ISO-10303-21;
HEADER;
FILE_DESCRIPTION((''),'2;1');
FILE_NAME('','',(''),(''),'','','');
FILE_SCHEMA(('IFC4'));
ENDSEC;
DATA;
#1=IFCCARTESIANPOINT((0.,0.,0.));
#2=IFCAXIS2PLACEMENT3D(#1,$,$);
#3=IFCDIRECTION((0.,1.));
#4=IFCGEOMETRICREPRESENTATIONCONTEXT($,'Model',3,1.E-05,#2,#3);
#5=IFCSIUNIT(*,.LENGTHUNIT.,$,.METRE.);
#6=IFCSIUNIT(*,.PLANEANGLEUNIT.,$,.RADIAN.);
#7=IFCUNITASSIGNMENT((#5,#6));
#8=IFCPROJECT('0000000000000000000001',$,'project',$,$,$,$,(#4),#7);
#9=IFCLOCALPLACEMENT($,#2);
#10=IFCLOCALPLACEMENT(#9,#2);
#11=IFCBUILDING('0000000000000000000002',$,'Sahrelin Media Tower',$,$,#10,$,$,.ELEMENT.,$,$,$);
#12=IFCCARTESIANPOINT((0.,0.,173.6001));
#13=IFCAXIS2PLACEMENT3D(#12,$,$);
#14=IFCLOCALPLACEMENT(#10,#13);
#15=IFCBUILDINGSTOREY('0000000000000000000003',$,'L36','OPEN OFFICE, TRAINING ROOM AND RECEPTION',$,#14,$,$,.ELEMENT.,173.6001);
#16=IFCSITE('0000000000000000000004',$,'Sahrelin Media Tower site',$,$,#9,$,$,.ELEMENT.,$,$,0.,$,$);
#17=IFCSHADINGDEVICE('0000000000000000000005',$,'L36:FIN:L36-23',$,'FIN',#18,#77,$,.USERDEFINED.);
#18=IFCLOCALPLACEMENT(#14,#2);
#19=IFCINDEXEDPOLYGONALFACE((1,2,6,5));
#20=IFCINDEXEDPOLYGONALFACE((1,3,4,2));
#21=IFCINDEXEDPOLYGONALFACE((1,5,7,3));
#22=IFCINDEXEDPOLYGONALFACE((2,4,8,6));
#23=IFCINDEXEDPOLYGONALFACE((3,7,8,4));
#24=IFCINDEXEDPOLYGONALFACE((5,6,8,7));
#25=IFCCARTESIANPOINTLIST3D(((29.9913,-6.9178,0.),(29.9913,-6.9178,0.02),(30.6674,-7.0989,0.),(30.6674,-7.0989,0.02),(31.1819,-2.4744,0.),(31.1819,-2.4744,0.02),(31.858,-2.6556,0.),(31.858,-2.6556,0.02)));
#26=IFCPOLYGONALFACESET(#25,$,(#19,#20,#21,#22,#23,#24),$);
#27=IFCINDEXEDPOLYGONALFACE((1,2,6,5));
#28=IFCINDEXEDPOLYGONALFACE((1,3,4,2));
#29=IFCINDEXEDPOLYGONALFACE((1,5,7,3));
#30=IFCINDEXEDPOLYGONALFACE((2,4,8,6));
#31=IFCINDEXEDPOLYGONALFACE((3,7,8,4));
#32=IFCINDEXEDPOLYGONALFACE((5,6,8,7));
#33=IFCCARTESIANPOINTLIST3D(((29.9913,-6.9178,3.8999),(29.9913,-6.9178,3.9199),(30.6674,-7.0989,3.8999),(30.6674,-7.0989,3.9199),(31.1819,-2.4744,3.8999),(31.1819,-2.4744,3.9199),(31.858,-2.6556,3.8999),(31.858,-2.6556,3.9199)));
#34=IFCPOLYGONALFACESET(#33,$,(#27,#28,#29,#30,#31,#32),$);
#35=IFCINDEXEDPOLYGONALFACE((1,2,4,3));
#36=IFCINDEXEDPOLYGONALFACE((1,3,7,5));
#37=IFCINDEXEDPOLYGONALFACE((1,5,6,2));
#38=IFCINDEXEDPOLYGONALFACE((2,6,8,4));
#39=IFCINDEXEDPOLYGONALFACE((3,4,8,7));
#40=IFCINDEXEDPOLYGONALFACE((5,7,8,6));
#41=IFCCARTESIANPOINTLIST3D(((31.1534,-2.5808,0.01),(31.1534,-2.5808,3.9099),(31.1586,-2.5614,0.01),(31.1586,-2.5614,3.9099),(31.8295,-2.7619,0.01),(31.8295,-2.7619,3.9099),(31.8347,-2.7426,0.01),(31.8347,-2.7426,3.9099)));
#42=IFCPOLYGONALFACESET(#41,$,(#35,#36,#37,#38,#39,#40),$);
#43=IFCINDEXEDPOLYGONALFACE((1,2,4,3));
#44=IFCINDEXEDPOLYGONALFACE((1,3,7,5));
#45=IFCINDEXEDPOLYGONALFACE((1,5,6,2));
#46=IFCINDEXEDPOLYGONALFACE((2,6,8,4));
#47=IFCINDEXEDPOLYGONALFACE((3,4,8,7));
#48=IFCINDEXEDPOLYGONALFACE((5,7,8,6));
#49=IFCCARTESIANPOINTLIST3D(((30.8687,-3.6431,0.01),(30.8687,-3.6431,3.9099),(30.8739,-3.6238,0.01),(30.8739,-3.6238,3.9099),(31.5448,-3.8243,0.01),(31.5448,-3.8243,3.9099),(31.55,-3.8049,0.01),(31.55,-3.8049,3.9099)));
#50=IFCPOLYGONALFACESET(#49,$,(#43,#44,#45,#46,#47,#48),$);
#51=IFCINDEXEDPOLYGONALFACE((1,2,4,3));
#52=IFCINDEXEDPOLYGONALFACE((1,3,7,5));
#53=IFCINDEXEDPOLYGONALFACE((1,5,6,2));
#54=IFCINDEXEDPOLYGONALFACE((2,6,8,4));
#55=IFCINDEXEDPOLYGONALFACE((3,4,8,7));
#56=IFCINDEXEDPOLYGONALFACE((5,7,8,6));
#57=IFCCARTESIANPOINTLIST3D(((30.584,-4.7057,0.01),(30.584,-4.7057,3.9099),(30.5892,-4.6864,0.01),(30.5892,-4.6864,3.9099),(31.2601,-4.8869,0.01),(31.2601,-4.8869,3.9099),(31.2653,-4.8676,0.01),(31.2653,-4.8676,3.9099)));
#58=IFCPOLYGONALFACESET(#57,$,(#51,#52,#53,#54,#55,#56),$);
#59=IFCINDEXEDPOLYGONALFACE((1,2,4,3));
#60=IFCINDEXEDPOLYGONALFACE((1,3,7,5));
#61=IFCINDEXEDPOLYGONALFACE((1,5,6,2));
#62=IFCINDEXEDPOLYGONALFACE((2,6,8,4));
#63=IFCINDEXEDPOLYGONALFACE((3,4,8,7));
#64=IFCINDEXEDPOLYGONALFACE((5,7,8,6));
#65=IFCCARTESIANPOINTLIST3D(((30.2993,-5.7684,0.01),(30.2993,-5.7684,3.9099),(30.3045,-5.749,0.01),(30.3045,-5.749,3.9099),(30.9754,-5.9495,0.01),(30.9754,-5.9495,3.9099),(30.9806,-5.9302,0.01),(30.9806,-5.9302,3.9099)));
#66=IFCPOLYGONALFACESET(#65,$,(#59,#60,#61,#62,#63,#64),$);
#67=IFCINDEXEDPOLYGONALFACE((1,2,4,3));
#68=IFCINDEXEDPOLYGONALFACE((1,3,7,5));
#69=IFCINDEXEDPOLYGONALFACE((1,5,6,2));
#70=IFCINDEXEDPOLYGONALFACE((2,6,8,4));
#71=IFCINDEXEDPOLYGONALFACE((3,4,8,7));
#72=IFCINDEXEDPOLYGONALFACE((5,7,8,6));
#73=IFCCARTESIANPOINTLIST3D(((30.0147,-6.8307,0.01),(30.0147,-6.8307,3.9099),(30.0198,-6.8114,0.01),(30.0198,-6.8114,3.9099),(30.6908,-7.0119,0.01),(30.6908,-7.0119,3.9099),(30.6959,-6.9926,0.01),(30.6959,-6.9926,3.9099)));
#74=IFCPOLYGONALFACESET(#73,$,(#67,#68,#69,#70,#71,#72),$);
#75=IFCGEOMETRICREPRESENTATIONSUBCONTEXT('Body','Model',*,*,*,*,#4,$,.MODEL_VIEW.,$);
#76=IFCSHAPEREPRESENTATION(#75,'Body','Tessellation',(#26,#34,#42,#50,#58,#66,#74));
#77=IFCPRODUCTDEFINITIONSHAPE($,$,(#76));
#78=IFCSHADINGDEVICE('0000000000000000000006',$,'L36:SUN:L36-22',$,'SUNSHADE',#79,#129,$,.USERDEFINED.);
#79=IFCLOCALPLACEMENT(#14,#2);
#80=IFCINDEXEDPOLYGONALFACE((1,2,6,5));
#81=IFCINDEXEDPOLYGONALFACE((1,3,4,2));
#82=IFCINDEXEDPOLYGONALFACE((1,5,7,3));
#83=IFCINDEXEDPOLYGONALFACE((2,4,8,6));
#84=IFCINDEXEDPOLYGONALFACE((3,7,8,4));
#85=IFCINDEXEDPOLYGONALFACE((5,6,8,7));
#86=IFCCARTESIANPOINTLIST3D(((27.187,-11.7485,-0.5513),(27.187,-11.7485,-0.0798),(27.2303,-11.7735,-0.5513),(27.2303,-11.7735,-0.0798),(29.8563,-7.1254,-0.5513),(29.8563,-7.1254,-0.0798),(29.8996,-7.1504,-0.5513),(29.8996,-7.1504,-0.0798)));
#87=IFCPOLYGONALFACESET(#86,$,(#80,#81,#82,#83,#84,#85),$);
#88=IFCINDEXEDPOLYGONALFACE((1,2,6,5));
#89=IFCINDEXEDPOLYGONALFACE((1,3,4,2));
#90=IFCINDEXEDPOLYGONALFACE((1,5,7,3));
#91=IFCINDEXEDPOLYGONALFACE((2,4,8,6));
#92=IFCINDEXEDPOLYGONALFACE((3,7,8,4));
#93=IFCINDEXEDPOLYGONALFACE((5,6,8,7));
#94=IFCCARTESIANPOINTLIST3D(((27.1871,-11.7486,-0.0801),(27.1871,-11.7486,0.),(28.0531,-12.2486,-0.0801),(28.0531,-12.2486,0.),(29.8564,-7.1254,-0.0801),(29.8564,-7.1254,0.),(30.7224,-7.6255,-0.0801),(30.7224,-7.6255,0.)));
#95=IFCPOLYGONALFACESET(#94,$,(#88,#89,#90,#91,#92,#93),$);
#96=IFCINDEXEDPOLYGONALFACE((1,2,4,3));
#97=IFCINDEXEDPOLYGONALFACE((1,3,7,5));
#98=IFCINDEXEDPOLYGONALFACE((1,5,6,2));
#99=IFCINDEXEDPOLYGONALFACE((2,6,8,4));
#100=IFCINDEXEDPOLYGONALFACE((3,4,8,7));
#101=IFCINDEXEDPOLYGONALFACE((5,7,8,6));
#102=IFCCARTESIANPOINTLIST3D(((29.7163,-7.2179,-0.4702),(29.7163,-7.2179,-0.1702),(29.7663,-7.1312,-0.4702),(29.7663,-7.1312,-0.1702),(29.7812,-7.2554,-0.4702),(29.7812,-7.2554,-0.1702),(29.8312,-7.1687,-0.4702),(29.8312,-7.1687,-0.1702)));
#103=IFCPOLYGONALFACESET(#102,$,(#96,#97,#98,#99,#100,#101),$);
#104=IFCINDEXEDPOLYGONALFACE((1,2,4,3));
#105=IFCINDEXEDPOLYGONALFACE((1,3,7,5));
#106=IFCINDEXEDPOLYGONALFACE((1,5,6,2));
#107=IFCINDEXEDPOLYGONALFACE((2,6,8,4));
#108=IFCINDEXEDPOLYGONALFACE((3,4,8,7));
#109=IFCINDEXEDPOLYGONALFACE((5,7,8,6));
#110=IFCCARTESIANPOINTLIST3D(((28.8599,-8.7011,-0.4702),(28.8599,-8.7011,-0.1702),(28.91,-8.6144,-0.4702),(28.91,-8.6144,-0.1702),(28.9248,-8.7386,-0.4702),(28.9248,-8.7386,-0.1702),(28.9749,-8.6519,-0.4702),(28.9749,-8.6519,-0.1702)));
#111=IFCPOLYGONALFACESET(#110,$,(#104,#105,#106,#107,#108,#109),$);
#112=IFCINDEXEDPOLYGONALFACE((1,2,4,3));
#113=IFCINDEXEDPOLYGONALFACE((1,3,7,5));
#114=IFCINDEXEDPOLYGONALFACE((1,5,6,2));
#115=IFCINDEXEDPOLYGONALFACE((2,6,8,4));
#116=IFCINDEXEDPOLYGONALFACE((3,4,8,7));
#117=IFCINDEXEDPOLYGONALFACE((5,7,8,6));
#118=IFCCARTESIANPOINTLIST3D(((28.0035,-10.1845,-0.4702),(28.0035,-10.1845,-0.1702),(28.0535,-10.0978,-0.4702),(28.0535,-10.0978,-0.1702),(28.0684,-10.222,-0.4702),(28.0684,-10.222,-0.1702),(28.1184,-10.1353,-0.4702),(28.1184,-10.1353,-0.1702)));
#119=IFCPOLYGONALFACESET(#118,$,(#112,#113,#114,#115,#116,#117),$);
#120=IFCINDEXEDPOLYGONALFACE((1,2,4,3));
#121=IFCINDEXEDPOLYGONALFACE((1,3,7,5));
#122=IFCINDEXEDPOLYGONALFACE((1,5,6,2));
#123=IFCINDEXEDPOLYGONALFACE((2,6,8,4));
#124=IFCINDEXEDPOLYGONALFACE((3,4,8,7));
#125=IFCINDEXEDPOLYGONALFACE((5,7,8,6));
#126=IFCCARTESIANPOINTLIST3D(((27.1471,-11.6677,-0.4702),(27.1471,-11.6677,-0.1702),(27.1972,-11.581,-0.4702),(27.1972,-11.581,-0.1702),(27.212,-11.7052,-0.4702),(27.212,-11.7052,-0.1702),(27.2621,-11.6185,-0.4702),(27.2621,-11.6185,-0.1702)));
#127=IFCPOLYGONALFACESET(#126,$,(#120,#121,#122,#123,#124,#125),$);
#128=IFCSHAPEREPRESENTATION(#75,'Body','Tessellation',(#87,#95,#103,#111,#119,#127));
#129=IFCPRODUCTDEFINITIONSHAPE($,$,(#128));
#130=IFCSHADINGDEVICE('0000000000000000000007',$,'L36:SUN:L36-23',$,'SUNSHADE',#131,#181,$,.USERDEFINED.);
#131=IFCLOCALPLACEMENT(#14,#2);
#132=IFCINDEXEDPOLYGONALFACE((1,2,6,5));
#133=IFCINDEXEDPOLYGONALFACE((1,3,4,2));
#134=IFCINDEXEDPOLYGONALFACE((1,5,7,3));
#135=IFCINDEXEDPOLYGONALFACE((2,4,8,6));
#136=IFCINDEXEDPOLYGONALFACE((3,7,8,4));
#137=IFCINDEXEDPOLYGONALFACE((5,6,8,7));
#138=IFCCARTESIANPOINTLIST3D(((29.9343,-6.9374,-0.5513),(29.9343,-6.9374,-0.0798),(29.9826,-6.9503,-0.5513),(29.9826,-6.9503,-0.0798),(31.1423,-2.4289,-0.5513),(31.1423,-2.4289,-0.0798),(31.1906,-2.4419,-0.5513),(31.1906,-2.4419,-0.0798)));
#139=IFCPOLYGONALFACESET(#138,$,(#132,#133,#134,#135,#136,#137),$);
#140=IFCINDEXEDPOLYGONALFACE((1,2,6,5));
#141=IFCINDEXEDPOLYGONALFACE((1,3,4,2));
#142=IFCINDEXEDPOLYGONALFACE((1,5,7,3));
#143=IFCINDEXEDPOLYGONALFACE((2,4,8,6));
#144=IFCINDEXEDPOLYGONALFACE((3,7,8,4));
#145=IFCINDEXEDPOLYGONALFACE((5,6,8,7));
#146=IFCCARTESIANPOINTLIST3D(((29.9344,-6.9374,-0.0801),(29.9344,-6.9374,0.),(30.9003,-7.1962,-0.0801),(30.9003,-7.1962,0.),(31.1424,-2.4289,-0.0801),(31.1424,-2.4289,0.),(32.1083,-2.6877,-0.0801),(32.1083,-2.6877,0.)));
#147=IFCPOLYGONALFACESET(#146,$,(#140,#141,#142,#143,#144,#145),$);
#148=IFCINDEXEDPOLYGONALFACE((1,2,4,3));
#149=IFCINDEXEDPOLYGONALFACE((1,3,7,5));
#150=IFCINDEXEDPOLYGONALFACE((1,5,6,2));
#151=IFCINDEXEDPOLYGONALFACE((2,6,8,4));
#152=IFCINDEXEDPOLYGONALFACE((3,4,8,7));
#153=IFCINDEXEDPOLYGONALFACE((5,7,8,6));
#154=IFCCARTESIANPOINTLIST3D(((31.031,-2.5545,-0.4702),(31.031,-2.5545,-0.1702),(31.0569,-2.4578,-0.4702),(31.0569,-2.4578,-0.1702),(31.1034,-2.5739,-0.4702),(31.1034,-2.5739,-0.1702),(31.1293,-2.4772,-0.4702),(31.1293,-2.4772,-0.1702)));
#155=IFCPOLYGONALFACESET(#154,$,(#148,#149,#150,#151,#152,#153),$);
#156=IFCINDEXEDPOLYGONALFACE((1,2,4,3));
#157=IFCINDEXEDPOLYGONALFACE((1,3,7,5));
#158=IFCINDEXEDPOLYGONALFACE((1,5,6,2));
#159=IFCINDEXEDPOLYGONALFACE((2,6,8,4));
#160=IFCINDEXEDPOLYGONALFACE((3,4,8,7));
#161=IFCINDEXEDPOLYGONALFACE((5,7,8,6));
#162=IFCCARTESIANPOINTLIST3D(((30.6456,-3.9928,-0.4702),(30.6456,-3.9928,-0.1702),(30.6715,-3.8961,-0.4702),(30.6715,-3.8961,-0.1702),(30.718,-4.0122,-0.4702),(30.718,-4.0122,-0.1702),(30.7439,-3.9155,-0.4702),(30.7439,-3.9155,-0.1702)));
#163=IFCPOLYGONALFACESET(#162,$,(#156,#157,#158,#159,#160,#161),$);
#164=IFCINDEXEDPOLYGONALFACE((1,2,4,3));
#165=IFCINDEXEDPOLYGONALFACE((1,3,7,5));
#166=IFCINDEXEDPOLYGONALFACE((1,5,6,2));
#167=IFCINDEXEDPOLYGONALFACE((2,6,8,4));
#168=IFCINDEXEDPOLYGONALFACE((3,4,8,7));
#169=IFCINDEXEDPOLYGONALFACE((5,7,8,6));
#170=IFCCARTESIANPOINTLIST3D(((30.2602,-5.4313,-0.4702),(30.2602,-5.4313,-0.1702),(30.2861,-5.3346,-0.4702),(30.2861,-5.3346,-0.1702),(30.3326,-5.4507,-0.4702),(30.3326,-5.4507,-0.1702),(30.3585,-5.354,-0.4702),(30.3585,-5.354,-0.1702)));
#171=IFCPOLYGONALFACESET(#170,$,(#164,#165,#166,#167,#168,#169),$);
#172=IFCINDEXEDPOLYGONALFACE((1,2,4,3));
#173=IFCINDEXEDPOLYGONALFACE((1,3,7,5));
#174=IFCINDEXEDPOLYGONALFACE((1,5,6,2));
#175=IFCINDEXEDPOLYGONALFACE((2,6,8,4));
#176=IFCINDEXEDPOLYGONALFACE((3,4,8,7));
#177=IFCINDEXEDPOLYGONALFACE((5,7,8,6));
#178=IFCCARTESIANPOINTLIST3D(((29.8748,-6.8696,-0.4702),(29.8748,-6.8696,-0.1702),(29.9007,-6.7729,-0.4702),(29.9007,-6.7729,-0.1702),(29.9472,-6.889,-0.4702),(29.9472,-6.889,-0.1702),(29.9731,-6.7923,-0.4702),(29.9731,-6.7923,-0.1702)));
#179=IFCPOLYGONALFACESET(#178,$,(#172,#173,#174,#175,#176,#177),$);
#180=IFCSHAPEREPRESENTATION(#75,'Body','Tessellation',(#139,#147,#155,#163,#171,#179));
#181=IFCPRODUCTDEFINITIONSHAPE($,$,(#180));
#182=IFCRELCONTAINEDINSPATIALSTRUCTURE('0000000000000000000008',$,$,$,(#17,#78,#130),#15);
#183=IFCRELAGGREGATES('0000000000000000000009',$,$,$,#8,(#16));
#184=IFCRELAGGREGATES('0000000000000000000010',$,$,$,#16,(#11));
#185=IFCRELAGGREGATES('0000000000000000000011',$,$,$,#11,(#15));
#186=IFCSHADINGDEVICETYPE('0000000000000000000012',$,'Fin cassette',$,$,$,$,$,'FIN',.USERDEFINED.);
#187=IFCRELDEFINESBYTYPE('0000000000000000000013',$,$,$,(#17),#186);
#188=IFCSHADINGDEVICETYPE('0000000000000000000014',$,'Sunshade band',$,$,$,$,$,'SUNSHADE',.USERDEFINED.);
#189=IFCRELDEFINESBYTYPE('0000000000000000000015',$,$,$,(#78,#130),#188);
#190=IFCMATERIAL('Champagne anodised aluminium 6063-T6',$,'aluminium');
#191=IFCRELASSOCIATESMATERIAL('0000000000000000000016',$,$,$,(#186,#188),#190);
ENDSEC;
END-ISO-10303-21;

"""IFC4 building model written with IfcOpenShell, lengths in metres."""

from ifc_helpers import new_model, si_unit, direction, frame, origin, origin_2d, place, context, subcontext, project, spatial, rectangle, extrude, material, type_object, element, save


model = new_model("IFC4")

# Units and contexts
model_context = context("Model", 3, precision=1e-05, world=origin(), true_north=direction((0.0, 1.0)))
body_context = subcontext(model_context, "Body", "Model", "MODEL_VIEW")
ifc_project = project(units=[si_unit("LENGTHUNIT", "METRE"), si_unit("PLANEANGLEUNIT", "RADIAN")], contexts=[model_context])

# Site, building, storey
site_placement = place(None, origin())
site = spatial("IfcSite", under=ifc_project, at=site_placement, Name="Sahrelin Media Tower site", CompositionType="ELEMENT", RefElevation=0.0)
building_placement = place(site_placement, origin())
building = spatial("IfcBuilding", under=site, at=building_placement, Name="Sahrelin Media Tower", CompositionType="ELEMENT")
storey_placement = place(building_placement, frame((0.0, 0.0, 173.6001)))
storey = spatial("IfcBuildingStorey", under=building, at=storey_placement, Name="L36", Description="OPEN OFFICE, TRAINING ROOM AND RECEPTION", CompositionType="ELEMENT", Elevation=173.6001)

# Shared definitions
ifc_material_1 = material(Name="Champagne anodised aluminium 6063-T6", Category="aluminium")

# Shading devices
shading_device_type_1 = type_object("IfcShadingDeviceType", Name="Fin cassette", ElementType="FIN", PredefinedType="USERDEFINED", material=ifc_material_1)
placement_1 = place(storey_placement, frame((28.5044, -9.427, 0.0), z_axis=(0.0, 0.0, 1.0), x_axis=(-0.500011, -0.866019, 0.0)))
placement_2 = place(storey_placement, frame((30.519, -4.678, 0.0), z_axis=(0.0, 0.0, 1.0), x_axis=(-0.258808, -0.965929, 0.0)))
element("IfcShadingDevice", 1, at=placement_2, inside=storey, type_object=shading_device_type_1, Name="L36:FIN:L36-23", ObjectType="FIN", PredefinedType="USERDEFINED", context=body_context, shape_type="SweptSolid", body=[
    extrude(rectangle(XDim=4.6001, YDim=0.7, at=origin_2d()), frame((0.0, 0.4199, 0.0)), (0.0, 0.0, 1.0), 0.02),
    extrude(rectangle(XDim=4.6001, YDim=0.7, at=origin_2d()), frame((0.0, 0.4199, 3.8999)), (0.0, 0.0, 1.0), 0.02),
    extrude(rectangle(XDim=0.02, YDim=0.7, at=origin_2d()), frame((-2.2, 0.4199, 0.01), z_axis=(0.0, 0.0, 1.0), x_axis=(1.0, 0.0, 0.0)), (0.0, 0.0, 1.0), 3.8999),
    extrude(rectangle(XDim=0.02, YDim=0.7, at=origin_2d()), frame((-1.1001, 0.4199, 0.01), z_axis=(0.0, 0.0, 1.0), x_axis=(1.0, 0.0, 0.0)), (0.0, 0.0, 1.0), 3.8999),
    extrude(rectangle(XDim=0.02, YDim=0.7, at=origin_2d()), frame((0.0, 0.4199, 0.01), z_axis=(0.0, 0.0, 1.0), x_axis=(1.0, 0.0, 0.0)), (0.0, 0.0, 1.0), 3.8999),
    extrude(rectangle(XDim=0.02, YDim=0.7, at=origin_2d()), frame((1.1001, 0.4199, 0.01), z_axis=(0.0, 0.0, 1.0), x_axis=(1.0, 0.0, 0.0)), (0.0, 0.0, 1.0), 3.8999),
    extrude(rectangle(XDim=0.02, YDim=0.7, at=origin_2d()), frame((2.2, 0.4199, 0.01), z_axis=(0.0, 0.0, 1.0), x_axis=(1.0, 0.0, 0.0)), (0.0, 0.0, 1.0), 3.8999),
])
shading_device_type_2 = type_object("IfcShadingDeviceType", Name="Sunshade band", ElementType="SUNSHADE", PredefinedType="USERDEFINED", material=ifc_material_1)
element("IfcShadingDevice", 2, at=placement_1, inside=storey, type_object=shading_device_type_2, Name="L36:SUN:L36-22", ObjectType="SUNSHADE", PredefinedType="USERDEFINED", context=body_context, shape_type="SweptSolid", body=[
    extrude(rectangle(XDim=5.3384, YDim=0.05, at=origin_2d()), frame((0.0, 0.0449, -0.5513)), (0.0, 0.0, 1.0), 0.4714),
    extrude(rectangle(XDim=5.3384, YDim=1.0, at=origin_2d()), frame((0.0, 0.52, -0.0801)), (0.0, 0.0, 1.0), 0.0801),
    extrude(rectangle(XDim=0.1001, YDim=0.075, at=origin_2d()), frame((-2.5691, -0.0176, -0.4702)), (0.0, 0.0, 1.0), 0.3),
    extrude(rectangle(XDim=0.1001, YDim=0.075, at=origin_2d()), frame((-0.8564, -0.0176, -0.4702)), (0.0, 0.0, 1.0), 0.3),
    extrude(rectangle(XDim=0.1001, YDim=0.075, at=origin_2d()), frame((0.8564, -0.0176, -0.4702)), (0.0, 0.0, 1.0), 0.3),
    extrude(rectangle(XDim=0.1001, YDim=0.075, at=origin_2d()), frame((2.5691, -0.0176, -0.4702)), (0.0, 0.0, 1.0), 0.3),
])
element("IfcShadingDevice", 3, at=placement_2, inside=storey, type_object=shading_device_type_2, Name="L36:SUN:L36-23", ObjectType="SUNSHADE", PredefinedType="USERDEFINED", context=body_context, shape_type="SweptSolid", body=[
    extrude(rectangle(XDim=4.6675, YDim=0.05, at=origin_2d()), frame((0.0, 0.0449, -0.5513)), (0.0, 0.0, 1.0), 0.4714),
    extrude(rectangle(XDim=4.6675, YDim=1.0, at=origin_2d()), frame((0.0, 0.52, -0.0801)), (0.0, 0.0, 1.0), 0.0801),
    extrude(rectangle(XDim=0.1001, YDim=0.075, at=origin_2d()), frame((-2.2336, -0.0176, -0.4702)), (0.0, 0.0, 1.0), 0.3),
    extrude(rectangle(XDim=0.1001, YDim=0.075, at=origin_2d()), frame((-0.7446, -0.0176, -0.4702)), (0.0, 0.0, 1.0), 0.3),
    extrude(rectangle(XDim=0.1001, YDim=0.075, at=origin_2d()), frame((0.7446, -0.0176, -0.4702)), (0.0, 0.0, 1.0), 0.3),
    extrude(rectangle(XDim=0.1001, YDim=0.075, at=origin_2d()), frame((2.2336, -0.0176, -0.4702)), (0.0, 0.0, 1.0), 0.3),
])

save(model, "model.ifc")
